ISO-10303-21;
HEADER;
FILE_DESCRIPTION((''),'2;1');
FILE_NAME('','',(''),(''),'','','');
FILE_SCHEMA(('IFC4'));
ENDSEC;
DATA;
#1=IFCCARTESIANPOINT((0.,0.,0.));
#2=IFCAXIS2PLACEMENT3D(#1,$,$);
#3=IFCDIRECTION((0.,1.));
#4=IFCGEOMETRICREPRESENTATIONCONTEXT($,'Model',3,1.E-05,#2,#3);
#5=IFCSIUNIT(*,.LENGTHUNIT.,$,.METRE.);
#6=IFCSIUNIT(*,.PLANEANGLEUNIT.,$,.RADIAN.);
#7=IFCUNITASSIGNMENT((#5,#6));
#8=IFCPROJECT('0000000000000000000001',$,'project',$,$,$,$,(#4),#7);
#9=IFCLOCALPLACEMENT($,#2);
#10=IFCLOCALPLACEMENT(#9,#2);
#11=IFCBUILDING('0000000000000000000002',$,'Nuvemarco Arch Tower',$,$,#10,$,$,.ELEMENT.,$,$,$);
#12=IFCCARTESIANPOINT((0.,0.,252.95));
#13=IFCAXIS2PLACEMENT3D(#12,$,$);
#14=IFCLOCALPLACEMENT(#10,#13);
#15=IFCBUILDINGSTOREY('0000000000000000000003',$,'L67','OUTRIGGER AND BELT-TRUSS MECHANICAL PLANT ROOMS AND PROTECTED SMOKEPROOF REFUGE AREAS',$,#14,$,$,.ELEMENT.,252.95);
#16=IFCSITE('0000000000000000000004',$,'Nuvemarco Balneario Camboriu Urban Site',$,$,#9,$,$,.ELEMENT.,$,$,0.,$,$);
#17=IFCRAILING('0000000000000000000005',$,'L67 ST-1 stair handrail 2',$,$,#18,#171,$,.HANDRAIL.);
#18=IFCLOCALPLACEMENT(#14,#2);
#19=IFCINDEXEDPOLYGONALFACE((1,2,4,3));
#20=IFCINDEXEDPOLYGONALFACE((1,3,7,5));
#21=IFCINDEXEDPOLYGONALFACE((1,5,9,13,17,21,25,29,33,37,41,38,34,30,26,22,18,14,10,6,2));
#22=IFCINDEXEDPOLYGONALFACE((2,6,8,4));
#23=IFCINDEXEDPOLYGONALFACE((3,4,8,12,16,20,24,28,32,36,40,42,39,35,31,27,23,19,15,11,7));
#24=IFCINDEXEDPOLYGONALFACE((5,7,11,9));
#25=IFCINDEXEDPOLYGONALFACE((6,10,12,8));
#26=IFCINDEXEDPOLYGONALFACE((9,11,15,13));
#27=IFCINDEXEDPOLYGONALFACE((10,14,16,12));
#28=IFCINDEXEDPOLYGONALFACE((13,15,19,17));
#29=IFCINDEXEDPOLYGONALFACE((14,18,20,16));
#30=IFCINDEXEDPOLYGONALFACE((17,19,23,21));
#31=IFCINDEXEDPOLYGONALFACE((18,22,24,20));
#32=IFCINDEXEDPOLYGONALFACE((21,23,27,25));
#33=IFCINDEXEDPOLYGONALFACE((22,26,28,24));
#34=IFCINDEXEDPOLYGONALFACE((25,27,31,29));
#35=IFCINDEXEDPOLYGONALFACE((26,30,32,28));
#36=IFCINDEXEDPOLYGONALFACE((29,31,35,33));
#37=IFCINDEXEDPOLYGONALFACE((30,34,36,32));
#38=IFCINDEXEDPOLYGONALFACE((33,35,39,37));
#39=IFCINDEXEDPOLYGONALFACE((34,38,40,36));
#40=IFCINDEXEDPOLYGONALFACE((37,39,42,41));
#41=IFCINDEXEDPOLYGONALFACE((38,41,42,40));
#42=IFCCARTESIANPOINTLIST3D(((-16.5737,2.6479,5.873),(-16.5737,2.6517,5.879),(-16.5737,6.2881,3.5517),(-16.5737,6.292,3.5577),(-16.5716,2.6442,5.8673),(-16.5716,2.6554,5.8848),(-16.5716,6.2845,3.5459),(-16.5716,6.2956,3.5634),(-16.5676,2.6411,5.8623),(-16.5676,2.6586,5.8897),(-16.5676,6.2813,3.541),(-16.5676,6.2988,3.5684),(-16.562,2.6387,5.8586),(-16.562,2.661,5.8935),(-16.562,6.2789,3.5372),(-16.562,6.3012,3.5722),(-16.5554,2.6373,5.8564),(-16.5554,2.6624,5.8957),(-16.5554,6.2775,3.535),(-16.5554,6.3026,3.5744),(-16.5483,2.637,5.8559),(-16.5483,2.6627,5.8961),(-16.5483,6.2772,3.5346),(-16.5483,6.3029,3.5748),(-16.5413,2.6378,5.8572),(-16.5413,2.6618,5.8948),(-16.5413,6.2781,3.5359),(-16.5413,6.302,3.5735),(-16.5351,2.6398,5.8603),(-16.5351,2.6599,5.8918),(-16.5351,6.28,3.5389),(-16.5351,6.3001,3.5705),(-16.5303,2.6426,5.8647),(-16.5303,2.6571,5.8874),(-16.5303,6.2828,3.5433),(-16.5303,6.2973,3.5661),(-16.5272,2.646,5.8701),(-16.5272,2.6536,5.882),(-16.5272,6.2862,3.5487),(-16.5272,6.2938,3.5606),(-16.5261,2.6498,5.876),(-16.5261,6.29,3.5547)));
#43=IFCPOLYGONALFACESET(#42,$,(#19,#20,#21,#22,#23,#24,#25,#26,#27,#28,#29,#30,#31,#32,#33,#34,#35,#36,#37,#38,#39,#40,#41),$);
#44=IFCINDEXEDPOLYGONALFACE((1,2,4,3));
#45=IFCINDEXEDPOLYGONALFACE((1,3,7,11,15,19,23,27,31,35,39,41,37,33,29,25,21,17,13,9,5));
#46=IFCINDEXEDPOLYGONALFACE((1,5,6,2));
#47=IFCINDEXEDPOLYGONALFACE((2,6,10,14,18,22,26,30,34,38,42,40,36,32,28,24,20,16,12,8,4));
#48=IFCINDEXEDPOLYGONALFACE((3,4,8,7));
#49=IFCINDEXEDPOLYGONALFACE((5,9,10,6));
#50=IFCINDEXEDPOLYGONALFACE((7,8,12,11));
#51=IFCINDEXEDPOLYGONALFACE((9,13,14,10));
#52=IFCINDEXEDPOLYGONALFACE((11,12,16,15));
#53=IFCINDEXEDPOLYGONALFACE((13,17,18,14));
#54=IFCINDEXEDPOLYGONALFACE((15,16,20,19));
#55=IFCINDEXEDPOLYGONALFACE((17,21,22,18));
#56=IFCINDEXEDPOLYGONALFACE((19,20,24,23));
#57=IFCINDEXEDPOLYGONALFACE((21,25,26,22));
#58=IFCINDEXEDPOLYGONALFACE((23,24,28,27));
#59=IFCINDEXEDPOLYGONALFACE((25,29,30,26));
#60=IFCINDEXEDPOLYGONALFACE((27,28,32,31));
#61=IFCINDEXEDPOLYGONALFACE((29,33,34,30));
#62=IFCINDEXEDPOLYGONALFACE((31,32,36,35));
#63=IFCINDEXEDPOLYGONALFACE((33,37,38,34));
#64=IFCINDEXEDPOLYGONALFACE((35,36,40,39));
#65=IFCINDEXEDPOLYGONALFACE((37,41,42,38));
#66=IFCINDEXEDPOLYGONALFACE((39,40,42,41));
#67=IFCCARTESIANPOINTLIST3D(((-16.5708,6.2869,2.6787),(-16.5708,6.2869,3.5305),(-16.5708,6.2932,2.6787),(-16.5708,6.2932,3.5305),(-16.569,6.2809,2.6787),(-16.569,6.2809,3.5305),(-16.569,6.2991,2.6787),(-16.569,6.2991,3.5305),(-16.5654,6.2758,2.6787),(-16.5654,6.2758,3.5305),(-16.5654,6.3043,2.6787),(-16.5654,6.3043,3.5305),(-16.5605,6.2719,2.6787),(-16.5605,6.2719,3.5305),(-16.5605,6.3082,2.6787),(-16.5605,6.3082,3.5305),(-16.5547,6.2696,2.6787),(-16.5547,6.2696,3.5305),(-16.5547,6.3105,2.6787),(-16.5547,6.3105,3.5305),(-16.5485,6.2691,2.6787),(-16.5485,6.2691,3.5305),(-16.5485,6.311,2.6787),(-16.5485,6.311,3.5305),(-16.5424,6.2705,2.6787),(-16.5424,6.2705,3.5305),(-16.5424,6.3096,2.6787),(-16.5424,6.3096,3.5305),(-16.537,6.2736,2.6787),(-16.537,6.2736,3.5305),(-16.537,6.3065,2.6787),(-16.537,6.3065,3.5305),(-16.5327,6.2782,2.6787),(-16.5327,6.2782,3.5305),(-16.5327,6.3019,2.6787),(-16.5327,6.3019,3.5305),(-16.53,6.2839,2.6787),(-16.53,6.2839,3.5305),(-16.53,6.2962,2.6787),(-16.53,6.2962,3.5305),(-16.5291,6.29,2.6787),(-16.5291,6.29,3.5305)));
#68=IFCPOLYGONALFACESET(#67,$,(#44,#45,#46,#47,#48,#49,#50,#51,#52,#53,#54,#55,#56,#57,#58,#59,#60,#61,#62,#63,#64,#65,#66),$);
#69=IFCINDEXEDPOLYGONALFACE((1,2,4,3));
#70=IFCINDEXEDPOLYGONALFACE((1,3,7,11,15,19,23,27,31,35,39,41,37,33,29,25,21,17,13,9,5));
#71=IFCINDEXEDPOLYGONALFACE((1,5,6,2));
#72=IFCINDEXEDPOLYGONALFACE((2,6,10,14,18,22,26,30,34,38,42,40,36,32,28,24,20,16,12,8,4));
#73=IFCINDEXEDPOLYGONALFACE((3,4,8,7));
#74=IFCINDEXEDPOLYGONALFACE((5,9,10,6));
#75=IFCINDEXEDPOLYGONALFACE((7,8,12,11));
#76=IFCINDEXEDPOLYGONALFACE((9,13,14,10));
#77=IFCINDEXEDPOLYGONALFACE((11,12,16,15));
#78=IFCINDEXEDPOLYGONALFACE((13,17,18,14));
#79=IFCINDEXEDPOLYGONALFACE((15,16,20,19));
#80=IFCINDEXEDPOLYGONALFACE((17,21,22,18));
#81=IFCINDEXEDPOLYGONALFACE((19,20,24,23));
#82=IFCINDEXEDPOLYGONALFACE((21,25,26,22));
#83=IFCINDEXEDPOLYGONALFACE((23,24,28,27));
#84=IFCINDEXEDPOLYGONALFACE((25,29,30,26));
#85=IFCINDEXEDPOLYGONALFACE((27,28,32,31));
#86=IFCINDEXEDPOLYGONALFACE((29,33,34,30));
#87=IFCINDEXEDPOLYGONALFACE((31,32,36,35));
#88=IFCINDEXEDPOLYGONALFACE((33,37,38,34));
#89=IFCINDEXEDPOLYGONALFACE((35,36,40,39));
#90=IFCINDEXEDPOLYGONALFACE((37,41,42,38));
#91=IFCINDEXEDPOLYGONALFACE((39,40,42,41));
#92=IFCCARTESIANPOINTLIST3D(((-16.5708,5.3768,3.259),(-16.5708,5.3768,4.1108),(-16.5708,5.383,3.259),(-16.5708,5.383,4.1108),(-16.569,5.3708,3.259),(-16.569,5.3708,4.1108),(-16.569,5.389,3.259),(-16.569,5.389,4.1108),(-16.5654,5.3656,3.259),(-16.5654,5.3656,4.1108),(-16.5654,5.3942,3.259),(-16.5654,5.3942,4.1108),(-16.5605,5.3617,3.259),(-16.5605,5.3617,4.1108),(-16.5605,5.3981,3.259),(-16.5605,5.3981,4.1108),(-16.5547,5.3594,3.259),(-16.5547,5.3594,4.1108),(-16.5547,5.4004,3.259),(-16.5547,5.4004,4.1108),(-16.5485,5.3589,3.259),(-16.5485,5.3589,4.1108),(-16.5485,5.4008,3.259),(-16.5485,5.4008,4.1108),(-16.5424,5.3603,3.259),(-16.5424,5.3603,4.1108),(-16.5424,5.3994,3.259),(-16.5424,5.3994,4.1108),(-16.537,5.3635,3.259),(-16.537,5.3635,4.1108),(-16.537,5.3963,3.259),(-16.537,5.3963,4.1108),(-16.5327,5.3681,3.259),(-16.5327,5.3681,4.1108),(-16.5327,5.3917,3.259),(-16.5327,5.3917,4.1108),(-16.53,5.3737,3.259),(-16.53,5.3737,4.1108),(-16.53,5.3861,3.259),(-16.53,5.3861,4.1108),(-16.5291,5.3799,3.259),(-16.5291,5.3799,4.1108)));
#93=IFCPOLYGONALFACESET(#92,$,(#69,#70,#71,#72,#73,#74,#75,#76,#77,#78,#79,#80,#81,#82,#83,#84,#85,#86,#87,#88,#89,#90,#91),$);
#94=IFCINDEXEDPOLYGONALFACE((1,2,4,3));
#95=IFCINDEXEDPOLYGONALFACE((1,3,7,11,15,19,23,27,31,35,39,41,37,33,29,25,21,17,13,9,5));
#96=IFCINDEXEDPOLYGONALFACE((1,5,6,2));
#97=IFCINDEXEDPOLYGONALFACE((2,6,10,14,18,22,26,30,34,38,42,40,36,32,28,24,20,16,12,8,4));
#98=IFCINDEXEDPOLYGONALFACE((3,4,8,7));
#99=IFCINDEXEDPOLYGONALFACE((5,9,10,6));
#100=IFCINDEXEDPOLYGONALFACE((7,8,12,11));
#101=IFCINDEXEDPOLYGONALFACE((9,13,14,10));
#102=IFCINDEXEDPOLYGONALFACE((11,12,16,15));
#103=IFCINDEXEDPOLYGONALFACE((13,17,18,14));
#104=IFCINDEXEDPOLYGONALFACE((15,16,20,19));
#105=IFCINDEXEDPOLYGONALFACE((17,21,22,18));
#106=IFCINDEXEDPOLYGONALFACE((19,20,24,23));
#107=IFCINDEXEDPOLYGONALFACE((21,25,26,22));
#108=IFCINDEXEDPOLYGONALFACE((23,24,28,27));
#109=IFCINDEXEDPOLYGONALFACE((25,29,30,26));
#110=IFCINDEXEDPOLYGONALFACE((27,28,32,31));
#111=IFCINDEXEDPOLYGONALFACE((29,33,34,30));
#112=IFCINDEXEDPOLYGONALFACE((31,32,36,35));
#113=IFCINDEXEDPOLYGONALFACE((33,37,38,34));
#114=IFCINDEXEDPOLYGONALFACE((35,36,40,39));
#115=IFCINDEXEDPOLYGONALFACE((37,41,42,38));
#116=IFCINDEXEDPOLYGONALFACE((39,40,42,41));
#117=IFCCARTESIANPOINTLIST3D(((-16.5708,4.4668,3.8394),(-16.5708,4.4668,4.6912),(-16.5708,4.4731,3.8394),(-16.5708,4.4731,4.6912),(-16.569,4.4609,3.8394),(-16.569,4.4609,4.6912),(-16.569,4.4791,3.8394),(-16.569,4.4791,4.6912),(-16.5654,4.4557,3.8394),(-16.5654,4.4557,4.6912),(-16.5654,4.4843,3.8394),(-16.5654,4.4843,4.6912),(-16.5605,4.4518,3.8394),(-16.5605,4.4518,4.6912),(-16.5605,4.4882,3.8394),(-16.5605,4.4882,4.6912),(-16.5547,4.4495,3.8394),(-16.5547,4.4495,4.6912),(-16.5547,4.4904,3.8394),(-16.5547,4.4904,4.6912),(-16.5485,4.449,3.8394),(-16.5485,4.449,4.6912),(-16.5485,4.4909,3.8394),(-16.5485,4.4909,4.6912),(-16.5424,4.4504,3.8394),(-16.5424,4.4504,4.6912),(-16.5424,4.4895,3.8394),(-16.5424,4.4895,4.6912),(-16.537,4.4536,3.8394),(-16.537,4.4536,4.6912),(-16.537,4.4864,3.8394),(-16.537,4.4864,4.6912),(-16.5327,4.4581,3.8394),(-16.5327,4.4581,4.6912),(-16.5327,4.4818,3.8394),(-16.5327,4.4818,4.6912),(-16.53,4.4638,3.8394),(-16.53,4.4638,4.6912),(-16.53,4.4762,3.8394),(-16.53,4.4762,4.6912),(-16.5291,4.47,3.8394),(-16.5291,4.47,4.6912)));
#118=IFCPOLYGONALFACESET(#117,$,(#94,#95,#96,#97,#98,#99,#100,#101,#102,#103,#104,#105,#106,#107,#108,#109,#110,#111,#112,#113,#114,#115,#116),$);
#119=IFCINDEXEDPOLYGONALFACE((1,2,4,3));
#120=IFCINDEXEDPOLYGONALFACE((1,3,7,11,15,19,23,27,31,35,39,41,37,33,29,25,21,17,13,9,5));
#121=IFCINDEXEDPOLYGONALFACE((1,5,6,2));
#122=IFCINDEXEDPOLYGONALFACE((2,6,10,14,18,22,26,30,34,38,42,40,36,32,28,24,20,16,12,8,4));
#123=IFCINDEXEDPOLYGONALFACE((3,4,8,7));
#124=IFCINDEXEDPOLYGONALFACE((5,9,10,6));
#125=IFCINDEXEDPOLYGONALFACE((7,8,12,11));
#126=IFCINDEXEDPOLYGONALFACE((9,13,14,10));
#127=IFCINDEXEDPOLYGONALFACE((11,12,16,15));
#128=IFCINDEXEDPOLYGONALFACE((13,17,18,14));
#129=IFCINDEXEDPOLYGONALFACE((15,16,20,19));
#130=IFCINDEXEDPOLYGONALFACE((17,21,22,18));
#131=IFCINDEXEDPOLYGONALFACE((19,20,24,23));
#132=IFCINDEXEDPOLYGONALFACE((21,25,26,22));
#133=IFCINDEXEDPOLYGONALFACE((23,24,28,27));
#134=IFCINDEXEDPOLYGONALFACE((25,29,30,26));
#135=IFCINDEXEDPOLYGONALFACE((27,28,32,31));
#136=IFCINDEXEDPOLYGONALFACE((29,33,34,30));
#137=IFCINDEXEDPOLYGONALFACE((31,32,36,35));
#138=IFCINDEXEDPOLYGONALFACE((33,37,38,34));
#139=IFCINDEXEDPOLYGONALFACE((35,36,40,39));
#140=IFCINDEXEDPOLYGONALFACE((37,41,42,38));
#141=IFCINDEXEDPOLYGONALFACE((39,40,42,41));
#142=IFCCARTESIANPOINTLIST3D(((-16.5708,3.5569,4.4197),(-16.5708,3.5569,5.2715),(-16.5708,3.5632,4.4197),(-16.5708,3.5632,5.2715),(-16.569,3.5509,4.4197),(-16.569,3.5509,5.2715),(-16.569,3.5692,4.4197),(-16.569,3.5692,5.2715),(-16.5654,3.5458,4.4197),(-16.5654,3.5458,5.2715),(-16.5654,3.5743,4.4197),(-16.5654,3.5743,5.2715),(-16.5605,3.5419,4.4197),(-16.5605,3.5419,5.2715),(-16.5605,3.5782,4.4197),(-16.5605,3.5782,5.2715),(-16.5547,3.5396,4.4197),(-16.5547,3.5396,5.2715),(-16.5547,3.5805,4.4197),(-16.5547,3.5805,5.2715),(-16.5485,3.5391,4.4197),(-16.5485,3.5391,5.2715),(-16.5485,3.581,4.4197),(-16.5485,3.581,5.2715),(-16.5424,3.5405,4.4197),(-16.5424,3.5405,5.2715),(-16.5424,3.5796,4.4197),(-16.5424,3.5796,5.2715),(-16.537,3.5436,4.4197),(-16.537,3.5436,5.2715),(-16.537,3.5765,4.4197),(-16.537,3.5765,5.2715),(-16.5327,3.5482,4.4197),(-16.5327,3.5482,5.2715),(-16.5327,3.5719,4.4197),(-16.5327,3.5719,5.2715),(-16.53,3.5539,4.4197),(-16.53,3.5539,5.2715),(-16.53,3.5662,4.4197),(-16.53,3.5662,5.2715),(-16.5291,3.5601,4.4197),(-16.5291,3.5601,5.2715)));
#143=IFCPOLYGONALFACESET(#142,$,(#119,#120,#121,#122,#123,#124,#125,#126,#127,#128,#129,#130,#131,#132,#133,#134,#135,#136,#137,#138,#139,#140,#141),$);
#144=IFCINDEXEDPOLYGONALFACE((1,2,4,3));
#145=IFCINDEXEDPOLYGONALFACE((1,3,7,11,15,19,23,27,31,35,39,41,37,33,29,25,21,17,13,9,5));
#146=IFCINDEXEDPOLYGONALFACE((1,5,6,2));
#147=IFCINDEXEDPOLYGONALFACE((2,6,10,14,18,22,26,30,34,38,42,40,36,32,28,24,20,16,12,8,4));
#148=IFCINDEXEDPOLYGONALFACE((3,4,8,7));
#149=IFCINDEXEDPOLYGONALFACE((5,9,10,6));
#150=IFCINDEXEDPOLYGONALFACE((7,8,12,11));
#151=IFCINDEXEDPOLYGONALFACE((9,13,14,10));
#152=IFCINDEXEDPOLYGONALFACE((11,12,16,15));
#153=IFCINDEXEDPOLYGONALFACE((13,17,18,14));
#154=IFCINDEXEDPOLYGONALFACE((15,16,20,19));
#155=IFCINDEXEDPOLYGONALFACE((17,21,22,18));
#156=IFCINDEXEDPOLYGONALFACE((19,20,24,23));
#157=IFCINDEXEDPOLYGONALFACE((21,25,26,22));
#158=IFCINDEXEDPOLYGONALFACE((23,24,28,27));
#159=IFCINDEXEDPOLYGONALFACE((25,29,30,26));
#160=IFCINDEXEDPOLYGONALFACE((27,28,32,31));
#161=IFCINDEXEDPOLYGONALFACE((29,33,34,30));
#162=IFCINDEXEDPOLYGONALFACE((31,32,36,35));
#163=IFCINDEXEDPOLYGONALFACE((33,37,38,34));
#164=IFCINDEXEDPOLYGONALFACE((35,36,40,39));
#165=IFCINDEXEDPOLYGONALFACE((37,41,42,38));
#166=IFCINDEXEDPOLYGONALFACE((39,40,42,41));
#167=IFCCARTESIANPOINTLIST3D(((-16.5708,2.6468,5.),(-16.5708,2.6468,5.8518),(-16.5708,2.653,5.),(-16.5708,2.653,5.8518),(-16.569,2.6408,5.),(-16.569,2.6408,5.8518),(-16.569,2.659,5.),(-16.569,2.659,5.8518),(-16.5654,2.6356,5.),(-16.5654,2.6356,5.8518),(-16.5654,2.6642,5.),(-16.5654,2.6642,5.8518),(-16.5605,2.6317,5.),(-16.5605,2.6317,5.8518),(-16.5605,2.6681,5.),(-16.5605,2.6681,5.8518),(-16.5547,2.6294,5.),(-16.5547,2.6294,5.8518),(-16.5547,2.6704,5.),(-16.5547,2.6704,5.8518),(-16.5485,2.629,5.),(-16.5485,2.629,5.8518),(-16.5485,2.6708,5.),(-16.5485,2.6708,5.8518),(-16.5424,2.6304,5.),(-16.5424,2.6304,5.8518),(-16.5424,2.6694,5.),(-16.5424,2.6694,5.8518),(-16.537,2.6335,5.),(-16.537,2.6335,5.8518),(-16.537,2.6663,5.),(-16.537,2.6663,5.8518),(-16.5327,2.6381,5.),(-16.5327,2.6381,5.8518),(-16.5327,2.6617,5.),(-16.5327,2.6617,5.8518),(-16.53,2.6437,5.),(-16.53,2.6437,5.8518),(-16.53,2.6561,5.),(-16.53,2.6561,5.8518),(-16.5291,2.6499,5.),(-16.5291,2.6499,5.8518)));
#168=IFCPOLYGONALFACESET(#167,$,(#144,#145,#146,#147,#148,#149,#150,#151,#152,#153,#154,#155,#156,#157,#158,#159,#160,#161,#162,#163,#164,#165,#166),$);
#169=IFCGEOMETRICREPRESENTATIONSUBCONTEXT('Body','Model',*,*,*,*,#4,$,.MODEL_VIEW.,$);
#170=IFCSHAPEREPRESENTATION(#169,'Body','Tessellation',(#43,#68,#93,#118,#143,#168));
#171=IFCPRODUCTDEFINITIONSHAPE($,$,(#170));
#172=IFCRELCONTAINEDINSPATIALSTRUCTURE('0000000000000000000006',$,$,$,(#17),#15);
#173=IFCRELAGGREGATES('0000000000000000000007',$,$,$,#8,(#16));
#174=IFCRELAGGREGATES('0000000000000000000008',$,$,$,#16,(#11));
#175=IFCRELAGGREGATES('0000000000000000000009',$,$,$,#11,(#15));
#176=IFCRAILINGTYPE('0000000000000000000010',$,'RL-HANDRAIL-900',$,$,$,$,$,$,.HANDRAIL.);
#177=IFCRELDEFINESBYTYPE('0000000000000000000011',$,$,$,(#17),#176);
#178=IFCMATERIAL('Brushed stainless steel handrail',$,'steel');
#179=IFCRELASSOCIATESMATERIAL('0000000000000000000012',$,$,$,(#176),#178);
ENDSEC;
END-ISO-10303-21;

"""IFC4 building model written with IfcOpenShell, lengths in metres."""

from ifc_helpers import new_model, si_unit, direction, frame, origin, origin_2d, place, context, subcontext, project, spatial, circle, extrude, material, type_object, element, save


model = new_model("IFC4")

# Units and contexts
model_context = context("Model", 3, precision=1e-05, world=origin(), true_north=direction((0.0, 1.0)))
body_context = subcontext(model_context, "Body", "Model", "MODEL_VIEW")
ifc_project = project(units=[si_unit("LENGTHUNIT", "METRE"), si_unit("PLANEANGLEUNIT", "RADIAN")], contexts=[model_context])

# Site, building, storey
site_placement = place(None, origin())
site = spatial("IfcSite", under=ifc_project, at=site_placement, Name="Nuvemarco Balneario Camboriu Urban Site", CompositionType="ELEMENT", RefElevation=0.0)
building_placement = place(site_placement, origin())
building = spatial("IfcBuilding", under=site, at=building_placement, Name="Nuvemarco Arch Tower", CompositionType="ELEMENT")
storey_placement = place(building_placement, frame((0.0, 0.0, 252.95)))
storey = spatial("IfcBuildingStorey", under=building, at=storey_placement, Name="L67", Description="OUTRIGGER AND BELT-TRUSS MECHANICAL PLANT ROOMS AND PROTECTED SMOKEPROOF REFUGE AREAS", CompositionType="ELEMENT", Elevation=252.95)

# Railing
ifc_material_1 = material(Name="Brushed stainless steel handrail", Category="steel")
railing_type_1 = type_object("IfcRailingType", Name="RL-HANDRAIL-900", PredefinedType="HANDRAIL", material=ifc_material_1)
railing_1_placement = place(storey_placement, frame((-16.55, 6.29, 2.6787)))
element("IfcRailing", 1, at=railing_1_placement, inside=storey, type_object=railing_type_1, Name="L67 ST-1 stair handrail 2", PredefinedType="HANDRAIL", context=body_context, shape_type="SweptSolid", body=[
    extrude(circle(Radius=0.0239, at=origin_2d()), frame((0.0, 0.0, 0.876), z_axis=(0.0, -0.843153, 0.537673), x_axis=(1.0, 0.0, 0.0)), (0.0, 0.0, 1.0), 4.3174),
    extrude(circle(Radius=0.021, at=origin_2d()), origin(), (0.0, 0.0, 1.0), 0.8518),
    extrude(circle(Radius=0.021, at=origin_2d()), frame((0.0, -0.9102, 0.5803)), (0.0, 0.0, 1.0), 0.8518),
    extrude(circle(Radius=0.021, at=origin_2d()), frame((0.0, -1.8201, 1.1606)), (0.0, 0.0, 1.0), 0.8518),
    extrude(circle(Radius=0.021, at=origin_2d()), frame((0.0, -2.73, 1.741)), (0.0, 0.0, 1.0), 0.8518),
    extrude(circle(Radius=0.021, at=origin_2d()), frame((0.0, -3.6401, 2.3213)), (0.0, 0.0, 1.0), 0.8518),
])

save(model, "model.ifc")
